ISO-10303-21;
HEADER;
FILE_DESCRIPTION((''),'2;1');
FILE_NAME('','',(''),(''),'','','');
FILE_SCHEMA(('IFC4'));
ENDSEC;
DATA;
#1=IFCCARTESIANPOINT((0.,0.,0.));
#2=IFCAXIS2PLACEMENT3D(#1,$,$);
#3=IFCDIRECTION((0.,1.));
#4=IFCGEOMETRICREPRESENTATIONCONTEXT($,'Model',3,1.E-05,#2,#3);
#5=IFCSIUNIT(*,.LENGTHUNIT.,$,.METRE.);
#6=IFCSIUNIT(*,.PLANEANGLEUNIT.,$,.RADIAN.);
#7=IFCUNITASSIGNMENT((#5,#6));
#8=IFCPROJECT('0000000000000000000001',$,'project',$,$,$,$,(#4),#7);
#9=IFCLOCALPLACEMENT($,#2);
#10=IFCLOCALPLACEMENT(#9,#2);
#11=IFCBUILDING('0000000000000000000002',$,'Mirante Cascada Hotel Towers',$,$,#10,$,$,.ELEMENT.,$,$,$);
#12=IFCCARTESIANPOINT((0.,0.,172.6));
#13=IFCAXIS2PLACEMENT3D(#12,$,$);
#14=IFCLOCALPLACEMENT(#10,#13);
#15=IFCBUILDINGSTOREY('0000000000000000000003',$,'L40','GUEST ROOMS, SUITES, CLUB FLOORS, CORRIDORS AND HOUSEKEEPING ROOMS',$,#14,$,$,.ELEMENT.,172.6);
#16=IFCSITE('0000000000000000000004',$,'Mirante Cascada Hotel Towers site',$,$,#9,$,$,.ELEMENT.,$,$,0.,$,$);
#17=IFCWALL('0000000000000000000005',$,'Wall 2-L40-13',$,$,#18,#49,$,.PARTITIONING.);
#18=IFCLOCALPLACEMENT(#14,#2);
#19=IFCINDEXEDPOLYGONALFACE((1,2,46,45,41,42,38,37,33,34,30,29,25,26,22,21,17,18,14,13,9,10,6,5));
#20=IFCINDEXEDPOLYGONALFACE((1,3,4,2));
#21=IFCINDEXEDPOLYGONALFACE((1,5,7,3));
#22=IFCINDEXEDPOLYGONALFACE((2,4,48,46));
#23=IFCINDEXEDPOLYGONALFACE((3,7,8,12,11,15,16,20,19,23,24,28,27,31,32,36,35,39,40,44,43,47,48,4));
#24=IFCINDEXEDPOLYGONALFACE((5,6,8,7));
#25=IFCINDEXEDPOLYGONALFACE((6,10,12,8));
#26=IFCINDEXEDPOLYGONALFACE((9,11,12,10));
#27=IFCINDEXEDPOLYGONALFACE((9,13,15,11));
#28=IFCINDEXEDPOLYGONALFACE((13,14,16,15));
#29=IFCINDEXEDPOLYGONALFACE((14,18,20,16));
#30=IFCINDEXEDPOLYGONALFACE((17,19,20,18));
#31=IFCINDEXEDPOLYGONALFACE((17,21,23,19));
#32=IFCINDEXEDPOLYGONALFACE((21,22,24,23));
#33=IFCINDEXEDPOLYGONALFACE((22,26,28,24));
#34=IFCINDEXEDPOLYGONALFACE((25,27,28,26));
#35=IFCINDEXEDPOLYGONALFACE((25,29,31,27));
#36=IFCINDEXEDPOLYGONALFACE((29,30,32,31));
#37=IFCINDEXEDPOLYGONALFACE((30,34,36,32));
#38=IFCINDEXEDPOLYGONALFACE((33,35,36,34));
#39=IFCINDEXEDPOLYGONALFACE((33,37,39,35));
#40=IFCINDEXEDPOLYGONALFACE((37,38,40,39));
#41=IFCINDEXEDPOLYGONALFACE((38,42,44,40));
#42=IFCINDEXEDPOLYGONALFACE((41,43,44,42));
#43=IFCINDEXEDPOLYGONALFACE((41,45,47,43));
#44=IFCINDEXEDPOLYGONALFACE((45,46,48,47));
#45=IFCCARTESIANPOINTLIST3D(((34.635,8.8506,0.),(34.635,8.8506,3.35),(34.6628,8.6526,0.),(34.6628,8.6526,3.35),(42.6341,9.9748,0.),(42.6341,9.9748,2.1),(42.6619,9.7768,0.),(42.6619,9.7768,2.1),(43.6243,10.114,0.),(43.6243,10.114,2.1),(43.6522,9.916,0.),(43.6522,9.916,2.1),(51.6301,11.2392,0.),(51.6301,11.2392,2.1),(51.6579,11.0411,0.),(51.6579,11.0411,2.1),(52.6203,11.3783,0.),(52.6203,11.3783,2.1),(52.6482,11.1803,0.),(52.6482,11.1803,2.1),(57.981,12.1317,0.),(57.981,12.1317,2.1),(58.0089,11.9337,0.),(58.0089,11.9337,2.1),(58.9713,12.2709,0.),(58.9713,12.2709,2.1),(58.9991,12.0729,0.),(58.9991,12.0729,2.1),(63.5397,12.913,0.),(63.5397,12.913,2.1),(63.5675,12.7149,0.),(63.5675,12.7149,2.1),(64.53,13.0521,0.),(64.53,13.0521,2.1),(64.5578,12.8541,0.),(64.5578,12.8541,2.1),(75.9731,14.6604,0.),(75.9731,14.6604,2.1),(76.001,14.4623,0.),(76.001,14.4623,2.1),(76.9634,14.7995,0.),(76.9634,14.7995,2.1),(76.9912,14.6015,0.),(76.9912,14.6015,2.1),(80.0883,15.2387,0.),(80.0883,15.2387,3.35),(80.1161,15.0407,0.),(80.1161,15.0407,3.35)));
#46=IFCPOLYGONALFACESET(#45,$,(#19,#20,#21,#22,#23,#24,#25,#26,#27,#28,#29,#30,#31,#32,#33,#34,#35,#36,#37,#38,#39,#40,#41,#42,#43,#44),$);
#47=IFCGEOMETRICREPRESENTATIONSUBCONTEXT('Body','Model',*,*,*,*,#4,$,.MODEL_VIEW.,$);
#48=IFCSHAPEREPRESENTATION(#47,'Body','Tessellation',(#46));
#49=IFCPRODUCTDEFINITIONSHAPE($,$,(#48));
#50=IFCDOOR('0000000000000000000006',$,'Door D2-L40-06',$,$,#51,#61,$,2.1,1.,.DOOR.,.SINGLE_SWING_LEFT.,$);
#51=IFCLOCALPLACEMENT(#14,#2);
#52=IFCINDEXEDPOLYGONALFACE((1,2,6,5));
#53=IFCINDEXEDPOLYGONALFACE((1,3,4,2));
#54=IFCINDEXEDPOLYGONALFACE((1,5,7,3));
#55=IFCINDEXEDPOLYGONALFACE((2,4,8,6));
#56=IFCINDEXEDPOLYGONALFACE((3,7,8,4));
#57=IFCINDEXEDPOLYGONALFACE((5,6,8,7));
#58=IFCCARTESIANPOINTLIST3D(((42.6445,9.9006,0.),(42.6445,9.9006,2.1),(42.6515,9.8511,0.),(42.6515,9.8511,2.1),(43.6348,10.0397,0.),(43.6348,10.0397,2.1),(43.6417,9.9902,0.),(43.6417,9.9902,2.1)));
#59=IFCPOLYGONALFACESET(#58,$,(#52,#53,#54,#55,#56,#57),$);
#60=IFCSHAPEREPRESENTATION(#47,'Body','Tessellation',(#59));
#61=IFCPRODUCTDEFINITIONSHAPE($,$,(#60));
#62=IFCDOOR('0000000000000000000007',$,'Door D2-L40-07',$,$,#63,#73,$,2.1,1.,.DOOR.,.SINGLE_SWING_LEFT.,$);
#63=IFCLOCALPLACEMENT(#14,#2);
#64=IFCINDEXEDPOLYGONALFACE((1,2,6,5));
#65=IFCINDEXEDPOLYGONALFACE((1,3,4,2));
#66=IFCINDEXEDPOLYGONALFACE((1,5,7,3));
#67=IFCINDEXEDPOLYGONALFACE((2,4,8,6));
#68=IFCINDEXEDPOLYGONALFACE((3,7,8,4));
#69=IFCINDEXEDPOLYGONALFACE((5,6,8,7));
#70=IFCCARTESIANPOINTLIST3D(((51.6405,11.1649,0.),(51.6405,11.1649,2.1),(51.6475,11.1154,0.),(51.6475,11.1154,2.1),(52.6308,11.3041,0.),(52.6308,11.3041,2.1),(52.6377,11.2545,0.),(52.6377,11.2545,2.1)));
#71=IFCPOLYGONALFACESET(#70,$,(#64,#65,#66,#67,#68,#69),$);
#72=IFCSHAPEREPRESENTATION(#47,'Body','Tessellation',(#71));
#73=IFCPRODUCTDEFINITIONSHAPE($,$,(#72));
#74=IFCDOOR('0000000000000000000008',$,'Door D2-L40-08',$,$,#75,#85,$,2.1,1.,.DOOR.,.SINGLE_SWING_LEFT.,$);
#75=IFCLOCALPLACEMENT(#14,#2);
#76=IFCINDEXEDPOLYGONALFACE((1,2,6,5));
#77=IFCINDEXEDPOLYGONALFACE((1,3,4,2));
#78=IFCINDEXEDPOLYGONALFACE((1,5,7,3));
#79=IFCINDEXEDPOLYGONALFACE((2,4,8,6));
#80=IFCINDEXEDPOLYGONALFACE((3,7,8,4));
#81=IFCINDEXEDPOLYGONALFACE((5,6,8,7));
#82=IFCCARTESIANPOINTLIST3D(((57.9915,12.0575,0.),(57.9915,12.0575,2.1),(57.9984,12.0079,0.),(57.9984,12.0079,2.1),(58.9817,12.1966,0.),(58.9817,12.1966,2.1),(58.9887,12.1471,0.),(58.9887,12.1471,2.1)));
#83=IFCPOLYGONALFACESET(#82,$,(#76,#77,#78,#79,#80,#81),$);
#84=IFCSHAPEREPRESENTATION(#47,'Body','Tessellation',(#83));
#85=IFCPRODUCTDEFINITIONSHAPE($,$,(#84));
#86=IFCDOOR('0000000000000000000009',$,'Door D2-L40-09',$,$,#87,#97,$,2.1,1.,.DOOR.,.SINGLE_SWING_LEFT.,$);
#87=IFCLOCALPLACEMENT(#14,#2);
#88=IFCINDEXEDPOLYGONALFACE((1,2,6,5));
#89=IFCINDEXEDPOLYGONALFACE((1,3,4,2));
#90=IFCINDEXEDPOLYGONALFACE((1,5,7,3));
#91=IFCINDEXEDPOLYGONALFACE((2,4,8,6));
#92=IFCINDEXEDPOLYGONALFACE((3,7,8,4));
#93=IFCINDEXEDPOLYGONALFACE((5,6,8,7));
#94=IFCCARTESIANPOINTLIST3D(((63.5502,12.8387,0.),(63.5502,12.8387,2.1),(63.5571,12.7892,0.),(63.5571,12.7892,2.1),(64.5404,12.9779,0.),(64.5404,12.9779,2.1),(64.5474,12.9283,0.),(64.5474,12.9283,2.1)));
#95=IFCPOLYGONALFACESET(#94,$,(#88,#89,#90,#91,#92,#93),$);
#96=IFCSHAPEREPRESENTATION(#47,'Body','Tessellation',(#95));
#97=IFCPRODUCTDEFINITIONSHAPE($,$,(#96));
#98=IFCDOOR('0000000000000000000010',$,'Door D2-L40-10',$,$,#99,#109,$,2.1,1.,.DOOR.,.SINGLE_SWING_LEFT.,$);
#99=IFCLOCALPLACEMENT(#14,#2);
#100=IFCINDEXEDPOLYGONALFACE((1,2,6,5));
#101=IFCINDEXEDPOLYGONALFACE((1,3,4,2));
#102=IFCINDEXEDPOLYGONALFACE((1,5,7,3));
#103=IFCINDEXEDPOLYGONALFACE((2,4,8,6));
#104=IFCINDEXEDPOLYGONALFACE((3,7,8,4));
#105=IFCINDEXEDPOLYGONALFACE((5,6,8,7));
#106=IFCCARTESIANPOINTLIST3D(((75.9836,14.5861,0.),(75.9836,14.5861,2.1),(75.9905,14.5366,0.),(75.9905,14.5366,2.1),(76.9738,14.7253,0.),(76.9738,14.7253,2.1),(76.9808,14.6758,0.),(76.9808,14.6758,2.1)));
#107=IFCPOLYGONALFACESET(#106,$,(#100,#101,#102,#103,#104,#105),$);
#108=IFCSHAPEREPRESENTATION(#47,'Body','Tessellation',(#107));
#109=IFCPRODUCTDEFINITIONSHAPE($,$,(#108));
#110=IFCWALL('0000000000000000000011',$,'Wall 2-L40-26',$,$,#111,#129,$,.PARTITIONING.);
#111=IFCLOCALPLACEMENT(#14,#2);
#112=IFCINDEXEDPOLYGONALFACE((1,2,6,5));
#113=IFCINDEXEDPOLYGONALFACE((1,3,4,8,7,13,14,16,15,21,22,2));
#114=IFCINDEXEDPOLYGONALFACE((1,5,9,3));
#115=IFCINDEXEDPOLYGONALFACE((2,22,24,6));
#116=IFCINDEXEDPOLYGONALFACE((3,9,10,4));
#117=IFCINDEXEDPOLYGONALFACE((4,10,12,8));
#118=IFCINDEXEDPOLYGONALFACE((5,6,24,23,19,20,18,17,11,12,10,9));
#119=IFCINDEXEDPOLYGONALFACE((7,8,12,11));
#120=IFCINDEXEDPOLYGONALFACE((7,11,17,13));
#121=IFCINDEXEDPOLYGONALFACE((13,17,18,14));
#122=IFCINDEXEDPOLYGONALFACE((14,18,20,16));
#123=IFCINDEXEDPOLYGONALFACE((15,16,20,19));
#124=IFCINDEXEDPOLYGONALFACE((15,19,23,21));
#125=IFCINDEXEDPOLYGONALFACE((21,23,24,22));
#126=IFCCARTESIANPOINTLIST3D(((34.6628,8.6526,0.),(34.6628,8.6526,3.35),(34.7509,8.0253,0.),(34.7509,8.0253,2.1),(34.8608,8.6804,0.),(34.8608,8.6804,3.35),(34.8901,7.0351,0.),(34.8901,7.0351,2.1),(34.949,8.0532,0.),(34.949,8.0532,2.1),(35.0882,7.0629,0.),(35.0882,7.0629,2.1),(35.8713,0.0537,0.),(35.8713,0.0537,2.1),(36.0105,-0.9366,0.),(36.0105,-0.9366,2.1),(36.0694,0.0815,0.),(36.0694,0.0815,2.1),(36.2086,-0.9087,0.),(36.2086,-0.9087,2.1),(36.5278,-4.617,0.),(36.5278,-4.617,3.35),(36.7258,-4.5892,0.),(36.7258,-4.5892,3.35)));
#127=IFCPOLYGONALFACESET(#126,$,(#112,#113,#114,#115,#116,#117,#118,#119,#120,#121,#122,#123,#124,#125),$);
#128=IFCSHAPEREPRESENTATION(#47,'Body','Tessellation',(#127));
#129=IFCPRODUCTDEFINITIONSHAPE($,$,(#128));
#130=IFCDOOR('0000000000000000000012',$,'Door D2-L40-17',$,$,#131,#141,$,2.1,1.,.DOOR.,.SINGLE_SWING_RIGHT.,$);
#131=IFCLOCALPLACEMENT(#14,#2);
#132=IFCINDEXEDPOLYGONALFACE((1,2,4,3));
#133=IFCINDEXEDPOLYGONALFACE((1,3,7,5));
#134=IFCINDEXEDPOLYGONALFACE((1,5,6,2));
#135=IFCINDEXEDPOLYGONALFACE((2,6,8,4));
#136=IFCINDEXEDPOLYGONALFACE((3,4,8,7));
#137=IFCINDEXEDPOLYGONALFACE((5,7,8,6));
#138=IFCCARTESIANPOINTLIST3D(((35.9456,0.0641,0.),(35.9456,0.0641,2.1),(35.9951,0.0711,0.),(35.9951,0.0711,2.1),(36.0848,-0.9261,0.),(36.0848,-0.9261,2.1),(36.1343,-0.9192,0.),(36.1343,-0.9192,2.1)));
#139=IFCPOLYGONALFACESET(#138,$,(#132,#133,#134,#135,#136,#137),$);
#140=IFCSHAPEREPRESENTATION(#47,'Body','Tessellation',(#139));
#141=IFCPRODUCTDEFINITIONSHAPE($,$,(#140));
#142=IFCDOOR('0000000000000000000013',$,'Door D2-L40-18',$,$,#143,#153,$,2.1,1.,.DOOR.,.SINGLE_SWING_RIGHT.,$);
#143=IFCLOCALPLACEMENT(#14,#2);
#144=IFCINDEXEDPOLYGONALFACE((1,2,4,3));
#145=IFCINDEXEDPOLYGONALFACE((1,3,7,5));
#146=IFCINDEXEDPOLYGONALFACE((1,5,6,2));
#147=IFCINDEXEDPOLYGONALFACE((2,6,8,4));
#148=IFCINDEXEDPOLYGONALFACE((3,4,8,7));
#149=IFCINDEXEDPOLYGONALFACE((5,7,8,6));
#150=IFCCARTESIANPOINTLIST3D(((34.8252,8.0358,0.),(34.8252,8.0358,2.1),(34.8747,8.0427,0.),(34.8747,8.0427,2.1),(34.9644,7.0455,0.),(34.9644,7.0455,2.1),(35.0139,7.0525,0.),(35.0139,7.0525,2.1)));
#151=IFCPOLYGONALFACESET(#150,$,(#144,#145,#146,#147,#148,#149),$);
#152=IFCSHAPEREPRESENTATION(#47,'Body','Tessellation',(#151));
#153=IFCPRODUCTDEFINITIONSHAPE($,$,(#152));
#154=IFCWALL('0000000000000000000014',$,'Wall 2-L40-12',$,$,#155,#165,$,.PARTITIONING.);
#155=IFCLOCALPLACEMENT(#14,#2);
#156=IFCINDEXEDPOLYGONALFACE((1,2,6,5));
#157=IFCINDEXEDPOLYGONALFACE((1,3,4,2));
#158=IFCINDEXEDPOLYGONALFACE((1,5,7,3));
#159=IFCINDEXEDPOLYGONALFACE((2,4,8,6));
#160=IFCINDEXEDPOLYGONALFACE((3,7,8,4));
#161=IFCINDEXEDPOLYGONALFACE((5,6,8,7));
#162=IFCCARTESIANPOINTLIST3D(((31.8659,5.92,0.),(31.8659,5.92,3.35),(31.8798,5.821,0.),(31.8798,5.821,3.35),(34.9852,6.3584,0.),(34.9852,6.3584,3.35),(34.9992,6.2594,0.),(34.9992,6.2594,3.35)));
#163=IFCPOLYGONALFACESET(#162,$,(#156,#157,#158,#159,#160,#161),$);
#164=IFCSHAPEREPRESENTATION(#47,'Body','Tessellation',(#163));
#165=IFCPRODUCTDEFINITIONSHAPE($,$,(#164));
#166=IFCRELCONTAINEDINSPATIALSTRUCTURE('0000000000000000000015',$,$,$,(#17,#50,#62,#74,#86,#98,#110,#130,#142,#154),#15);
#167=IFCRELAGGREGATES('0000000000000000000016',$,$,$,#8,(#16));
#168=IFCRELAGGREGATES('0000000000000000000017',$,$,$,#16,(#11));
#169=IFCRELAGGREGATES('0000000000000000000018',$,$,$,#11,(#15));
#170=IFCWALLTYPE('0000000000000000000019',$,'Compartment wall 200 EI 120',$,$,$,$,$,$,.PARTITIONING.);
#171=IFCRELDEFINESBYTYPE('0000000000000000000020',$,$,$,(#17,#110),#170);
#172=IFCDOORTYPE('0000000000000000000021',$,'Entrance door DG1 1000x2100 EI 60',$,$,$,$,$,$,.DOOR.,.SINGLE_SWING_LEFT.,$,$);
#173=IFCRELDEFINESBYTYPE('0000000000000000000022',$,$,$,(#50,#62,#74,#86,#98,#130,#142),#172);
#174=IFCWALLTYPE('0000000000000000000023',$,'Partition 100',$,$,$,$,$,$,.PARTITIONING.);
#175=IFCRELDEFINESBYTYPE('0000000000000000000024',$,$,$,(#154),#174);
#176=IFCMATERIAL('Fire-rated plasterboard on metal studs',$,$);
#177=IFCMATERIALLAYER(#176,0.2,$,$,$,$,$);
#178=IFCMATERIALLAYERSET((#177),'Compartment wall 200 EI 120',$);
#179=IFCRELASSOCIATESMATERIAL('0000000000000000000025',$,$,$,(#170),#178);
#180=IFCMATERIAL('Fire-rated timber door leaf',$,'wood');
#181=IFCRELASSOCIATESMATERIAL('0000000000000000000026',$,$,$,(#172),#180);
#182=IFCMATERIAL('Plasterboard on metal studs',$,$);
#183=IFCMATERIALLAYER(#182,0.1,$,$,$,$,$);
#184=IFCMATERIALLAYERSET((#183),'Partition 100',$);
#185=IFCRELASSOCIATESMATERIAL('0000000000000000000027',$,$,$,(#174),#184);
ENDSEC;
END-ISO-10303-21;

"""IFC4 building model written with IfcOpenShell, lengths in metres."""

from ifc_helpers import new_model, si_unit, direction, frame, frame_2d, origin, place, context, subcontext, project, spatial, rectangle, extrude, material, layer, layer_set, type_object, element, fill, save


model = new_model("IFC4")

# Units and contexts
model_context = context("Model", 3, precision=1e-05, world=origin(), true_north=direction((0.0, 1.0)))
body_context = subcontext(model_context, "Body", "Model", "MODEL_VIEW")
ifc_project = project(units=[si_unit("LENGTHUNIT", "METRE"), si_unit("PLANEANGLEUNIT", "RADIAN")], contexts=[model_context])

# Site, building, storey
site_placement = place(None, origin())
site = spatial("IfcSite", under=ifc_project, at=site_placement, Name="Mirante Cascada Hotel Towers site", CompositionType="ELEMENT", RefElevation=0.0)
building_placement = place(site_placement, origin())
building = spatial("IfcBuilding", under=site, at=building_placement, Name="Mirante Cascada Hotel Towers", CompositionType="ELEMENT")
storey_placement = place(building_placement, frame((0.0, 0.0, 172.6)))
storey = spatial("IfcBuildingStorey", under=building, at=storey_placement, Name="L40", Description="GUEST ROOMS, SUITES, CLUB FLOORS, CORRIDORS AND HOUSEKEEPING ROOMS", CompositionType="ELEMENT", Elevation=172.6)

# Shared definitions
ifc_material_1 = material(Name="Fire-rated plasterboard on metal studs")
ifc_layer_1 = layer(ifc_material_1, 0.2)
ifc_layer_set_1 = layer_set([ifc_layer_1], Name="Compartment wall 200 EI 120")
wall_type_1 = type_object("IfcWallType", Name="Compartment wall 200 EI 120", PredefinedType="PARTITIONING", material=ifc_layer_set_1)

# Walls, openings, doors
wall_1_placement = place(storey_placement, frame((34.6489, 8.7516, 0.0), z_axis=(0.0, 0.0, 1.0), x_axis=(0.990268, 0.139174, 0.0)))
wall_1 = element("IfcWall", 1, at=wall_1_placement, inside=storey, type_object=wall_type_1, Name="Wall 2-L40-13", PredefinedType="PARTITIONING", context=body_context, shape_type="SweptSolid", body=[
    extrude(rectangle(XDim=45.9, YDim=0.2, at=frame_2d((22.95, 0.0))), origin(), (0.0, 0.0, 1.0), 3.35),
])
opening_1_placement = place(wall_1_placement, frame((8.0777, 0.0, 0.0)))
opening_1 = element("IfcOpeningElement", 2, at=opening_1_placement, cuts=wall_1, PredefinedType="OPENING", context=body_context, shape_type="SweptSolid", body=[
    extrude(rectangle(XDim=1.0, YDim=2.1, at=frame_2d((0.5, 1.05))), frame((0.0, 0.1, 0.0), z_axis=(0.0, -1.0, 0.0), x_axis=(1.0, 0.0, 0.0)), (0.0, 0.0, 1.0), 0.2),
])
opening_2_placement = place(wall_1_placement, frame((17.1621, 0.0, 0.0)))
opening_2 = element("IfcOpeningElement", 3, at=opening_2_placement, cuts=wall_1, PredefinedType="OPENING", context=body_context, shape_type="SweptSolid", body=[
    extrude(rectangle(XDim=1.0, YDim=2.1, at=frame_2d((0.5, 1.05))), frame((0.0, 0.1, 0.0), z_axis=(0.0, -1.0, 0.0), x_axis=(1.0, 0.0, 0.0)), (0.0, 0.0, 1.0), 0.2),
])
opening_3_placement = place(wall_1_placement, frame((23.5755, 0.0, 0.0)))
opening_3 = element("IfcOpeningElement", 4, at=opening_3_placement, cuts=wall_1, PredefinedType="OPENING", context=body_context, shape_type="SweptSolid", body=[
    extrude(rectangle(XDim=1.0, YDim=2.1, at=frame_2d((0.5, 1.05))), frame((0.0, 0.1, 0.0), z_axis=(0.0, -1.0, 0.0), x_axis=(1.0, 0.0, 0.0)), (0.0, 0.0, 1.0), 0.2),
])
opening_4_placement = place(wall_1_placement, frame((29.1888, 0.0, 0.0)))
opening_4 = element("IfcOpeningElement", 5, at=opening_4_placement, cuts=wall_1, PredefinedType="OPENING", context=body_context, shape_type="SweptSolid", body=[
    extrude(rectangle(XDim=1.0, YDim=2.1, at=frame_2d((0.5, 1.05))), frame((0.0, 0.1, 0.0), z_axis=(0.0, -1.0, 0.0), x_axis=(1.0, 0.0, 0.0)), (0.0, 0.0, 1.0), 0.2),
])
opening_5_placement = place(wall_1_placement, frame((41.7444, 0.0, 0.0)))
opening_5 = element("IfcOpeningElement", 6, at=opening_5_placement, cuts=wall_1, PredefinedType="OPENING", context=body_context, shape_type="SweptSolid", body=[
    extrude(rectangle(XDim=1.0, YDim=2.1, at=frame_2d((0.5, 1.05))), frame((0.0, 0.1, 0.0), z_axis=(0.0, -1.0, 0.0), x_axis=(1.0, 0.0, 0.0)), (0.0, 0.0, 1.0), 0.2),
])
ifc_material_2 = material(Name="Fire-rated timber door leaf", Category="wood")
door_type_1 = type_object("IfcDoorType", Name="Entrance door DG1 1000x2100 EI 60", OperationType="SINGLE_SWING_LEFT", PredefinedType="DOOR", material=ifc_material_2)
door_1_placement = place(opening_1_placement, origin())
door_1 = element("IfcDoor", 7, at=door_1_placement, inside=storey, type_object=door_type_1, Name="Door D2-L40-06", OperationType="SINGLE_SWING_LEFT", OverallHeight=2.1, OverallWidth=1.0, PredefinedType="DOOR", context=body_context, shape_type="SweptSolid", body=[
    extrude(rectangle(XDim=1.0, YDim=2.1, at=frame_2d((0.5, 1.05))), frame((0.0, 0.025, 0.0), z_axis=(0.0, -1.0, 0.0), x_axis=(1.0, 0.0, 0.0)), (0.0, 0.0, 1.0), 0.05),
])
fill(opening_1, door_1)
door_2_placement = place(opening_2_placement, origin())
door_2 = element("IfcDoor", 8, at=door_2_placement, inside=storey, type_object=door_type_1, Name="Door D2-L40-07", OperationType="SINGLE_SWING_LEFT", OverallHeight=2.1, OverallWidth=1.0, PredefinedType="DOOR", context=body_context, shape_type="SweptSolid", body=[
    extrude(rectangle(XDim=1.0, YDim=2.1, at=frame_2d((0.5, 1.05))), frame((0.0, 0.025, 0.0), z_axis=(0.0, -1.0, 0.0), x_axis=(1.0, 0.0, 0.0)), (0.0, 0.0, 1.0), 0.05),
])
fill(opening_2, door_2)
door_3_placement = place(opening_3_placement, origin())
door_3 = element("IfcDoor", 9, at=door_3_placement, inside=storey, type_object=door_type_1, Name="Door D2-L40-08", OperationType="SINGLE_SWING_LEFT", OverallHeight=2.1, OverallWidth=1.0, PredefinedType="DOOR", context=body_context, shape_type="SweptSolid", body=[
    extrude(rectangle(XDim=1.0, YDim=2.1, at=frame_2d((0.5, 1.05))), frame((0.0, 0.025, 0.0), z_axis=(0.0, -1.0, 0.0), x_axis=(1.0, 0.0, 0.0)), (0.0, 0.0, 1.0), 0.05),
])
fill(opening_3, door_3)
door_4_placement = place(opening_4_placement, origin())
door_4 = element("IfcDoor", 10, at=door_4_placement, inside=storey, type_object=door_type_1, Name="Door D2-L40-09", OperationType="SINGLE_SWING_LEFT", OverallHeight=2.1, OverallWidth=1.0, PredefinedType="DOOR", context=body_context, shape_type="SweptSolid", body=[
    extrude(rectangle(XDim=1.0, YDim=2.1, at=frame_2d((0.5, 1.05))), frame((0.0, 0.025, 0.0), z_axis=(0.0, -1.0, 0.0), x_axis=(1.0, 0.0, 0.0)), (0.0, 0.0, 1.0), 0.05),
])
fill(opening_4, door_4)
door_5_placement = place(opening_5_placement, origin())
door_5 = element("IfcDoor", 11, at=door_5_placement, inside=storey, type_object=door_type_1, Name="Door D2-L40-10", OperationType="SINGLE_SWING_LEFT", OverallHeight=2.1, OverallWidth=1.0, PredefinedType="DOOR", context=body_context, shape_type="SweptSolid", body=[
    extrude(rectangle(XDim=1.0, YDim=2.1, at=frame_2d((0.5, 1.05))), frame((0.0, 0.025, 0.0), z_axis=(0.0, -1.0, 0.0), x_axis=(1.0, 0.0, 0.0)), (0.0, 0.0, 1.0), 0.05),
])
fill(opening_5, door_5)
wall_2_placement = place(storey_placement, frame((34.7618, 8.6665, 0.0), z_axis=(0.0, 0.0, 1.0), x_axis=(0.139179, -0.990267, 0.0)))
wall_2 = element("IfcWall", 12, at=wall_2_placement, inside=storey, type_object=wall_type_1, Name="Wall 2-L40-26", PredefinedType="PARTITIONING", context=body_context, shape_type="SweptSolid", body=[
    extrude(rectangle(XDim=13.4, YDim=0.2, at=frame_2d((6.7, 0.0))), origin(), (0.0, 0.0, 1.0), 3.35),
])
opening_6_placement = place(wall_2_placement, frame((8.6834, 0.0, 0.0)))
opening_6 = element("IfcOpeningElement", 13, at=opening_6_placement, cuts=wall_2, PredefinedType="OPENING", context=body_context, shape_type="SweptSolid", body=[
    extrude(rectangle(XDim=1.0, YDim=2.1, at=frame_2d((0.5, 1.05))), frame((0.0, 0.1, 0.0), z_axis=(0.0, -1.0, 0.0), x_axis=(1.0, 0.0, 0.0)), (0.0, 0.0, 1.0), 0.2),
])
opening_7_placement = place(wall_2_placement, frame((0.6334, 0.0, 0.0)))
opening_7 = element("IfcOpeningElement", 14, at=opening_7_placement, cuts=wall_2, PredefinedType="OPENING", context=body_context, shape_type="SweptSolid", body=[
    extrude(rectangle(XDim=1.0, YDim=2.1, at=frame_2d((0.5, 1.05))), frame((0.0, 0.1, 0.0), z_axis=(0.0, -1.0, 0.0), x_axis=(1.0, 0.0, 0.0)), (0.0, 0.0, 1.0), 0.2),
])
door_6_placement = place(opening_6_placement, frame((1.0, 0.0, 0.0), z_axis=(0.0, 0.0, 1.0), x_axis=(-1.0, 0.0, 0.0)))
door_6 = element("IfcDoor", 15, at=door_6_placement, inside=storey, type_object=door_type_1, Name="Door D2-L40-17", OperationType="SINGLE_SWING_RIGHT", OverallHeight=2.1, OverallWidth=1.0, PredefinedType="DOOR", context=body_context, shape_type="SweptSolid", body=[
    extrude(rectangle(XDim=1.0, YDim=2.1, at=frame_2d((0.5, 1.05))), frame((0.0, 0.025, 0.0), z_axis=(0.0, -1.0, 0.0), x_axis=(1.0, 0.0, 0.0)), (0.0, 0.0, 1.0), 0.05),
])
fill(opening_6, door_6)
door_7_placement = place(opening_7_placement, frame((1.0, 0.0, 0.0), z_axis=(0.0, 0.0, 1.0), x_axis=(-1.0, 0.0, 0.0)))
door_7 = element("IfcDoor", 16, at=door_7_placement, inside=storey, type_object=door_type_1, Name="Door D2-L40-18", OperationType="SINGLE_SWING_RIGHT", OverallHeight=2.1, OverallWidth=1.0, PredefinedType="DOOR", context=body_context, shape_type="SweptSolid", body=[
    extrude(rectangle(XDim=1.0, YDim=2.1, at=frame_2d((0.5, 1.05))), frame((0.0, 0.025, 0.0), z_axis=(0.0, -1.0, 0.0), x_axis=(1.0, 0.0, 0.0)), (0.0, 0.0, 1.0), 0.05),
])
fill(opening_7, door_7)

# Wall
ifc_material_3 = material(Name="Plasterboard on metal studs")
ifc_layer_2 = layer(ifc_material_3, 0.1)
ifc_layer_set_2 = layer_set([ifc_layer_2], Name="Partition 100")
wall_type_2 = type_object("IfcWallType", Name="Partition 100", PredefinedType="PARTITIONING", material=ifc_layer_set_2)
wall_3_placement = place(storey_placement, frame((34.9922, 6.3089, 0.0), z_axis=(0.0, 0.0, 1.0), x_axis=(-0.990268, -0.139177, 0.0)))
element("IfcWall", 17, at=wall_3_placement, inside=storey, type_object=wall_type_2, Name="Wall 2-L40-12", PredefinedType="PARTITIONING", context=body_context, shape_type="SweptSolid", body=[
    extrude(rectangle(XDim=3.15, YDim=0.1, at=frame_2d((1.575, 0.0))), origin(), (0.0, 0.0, 1.0), 3.35),
])

save(model, "model.ifc")
